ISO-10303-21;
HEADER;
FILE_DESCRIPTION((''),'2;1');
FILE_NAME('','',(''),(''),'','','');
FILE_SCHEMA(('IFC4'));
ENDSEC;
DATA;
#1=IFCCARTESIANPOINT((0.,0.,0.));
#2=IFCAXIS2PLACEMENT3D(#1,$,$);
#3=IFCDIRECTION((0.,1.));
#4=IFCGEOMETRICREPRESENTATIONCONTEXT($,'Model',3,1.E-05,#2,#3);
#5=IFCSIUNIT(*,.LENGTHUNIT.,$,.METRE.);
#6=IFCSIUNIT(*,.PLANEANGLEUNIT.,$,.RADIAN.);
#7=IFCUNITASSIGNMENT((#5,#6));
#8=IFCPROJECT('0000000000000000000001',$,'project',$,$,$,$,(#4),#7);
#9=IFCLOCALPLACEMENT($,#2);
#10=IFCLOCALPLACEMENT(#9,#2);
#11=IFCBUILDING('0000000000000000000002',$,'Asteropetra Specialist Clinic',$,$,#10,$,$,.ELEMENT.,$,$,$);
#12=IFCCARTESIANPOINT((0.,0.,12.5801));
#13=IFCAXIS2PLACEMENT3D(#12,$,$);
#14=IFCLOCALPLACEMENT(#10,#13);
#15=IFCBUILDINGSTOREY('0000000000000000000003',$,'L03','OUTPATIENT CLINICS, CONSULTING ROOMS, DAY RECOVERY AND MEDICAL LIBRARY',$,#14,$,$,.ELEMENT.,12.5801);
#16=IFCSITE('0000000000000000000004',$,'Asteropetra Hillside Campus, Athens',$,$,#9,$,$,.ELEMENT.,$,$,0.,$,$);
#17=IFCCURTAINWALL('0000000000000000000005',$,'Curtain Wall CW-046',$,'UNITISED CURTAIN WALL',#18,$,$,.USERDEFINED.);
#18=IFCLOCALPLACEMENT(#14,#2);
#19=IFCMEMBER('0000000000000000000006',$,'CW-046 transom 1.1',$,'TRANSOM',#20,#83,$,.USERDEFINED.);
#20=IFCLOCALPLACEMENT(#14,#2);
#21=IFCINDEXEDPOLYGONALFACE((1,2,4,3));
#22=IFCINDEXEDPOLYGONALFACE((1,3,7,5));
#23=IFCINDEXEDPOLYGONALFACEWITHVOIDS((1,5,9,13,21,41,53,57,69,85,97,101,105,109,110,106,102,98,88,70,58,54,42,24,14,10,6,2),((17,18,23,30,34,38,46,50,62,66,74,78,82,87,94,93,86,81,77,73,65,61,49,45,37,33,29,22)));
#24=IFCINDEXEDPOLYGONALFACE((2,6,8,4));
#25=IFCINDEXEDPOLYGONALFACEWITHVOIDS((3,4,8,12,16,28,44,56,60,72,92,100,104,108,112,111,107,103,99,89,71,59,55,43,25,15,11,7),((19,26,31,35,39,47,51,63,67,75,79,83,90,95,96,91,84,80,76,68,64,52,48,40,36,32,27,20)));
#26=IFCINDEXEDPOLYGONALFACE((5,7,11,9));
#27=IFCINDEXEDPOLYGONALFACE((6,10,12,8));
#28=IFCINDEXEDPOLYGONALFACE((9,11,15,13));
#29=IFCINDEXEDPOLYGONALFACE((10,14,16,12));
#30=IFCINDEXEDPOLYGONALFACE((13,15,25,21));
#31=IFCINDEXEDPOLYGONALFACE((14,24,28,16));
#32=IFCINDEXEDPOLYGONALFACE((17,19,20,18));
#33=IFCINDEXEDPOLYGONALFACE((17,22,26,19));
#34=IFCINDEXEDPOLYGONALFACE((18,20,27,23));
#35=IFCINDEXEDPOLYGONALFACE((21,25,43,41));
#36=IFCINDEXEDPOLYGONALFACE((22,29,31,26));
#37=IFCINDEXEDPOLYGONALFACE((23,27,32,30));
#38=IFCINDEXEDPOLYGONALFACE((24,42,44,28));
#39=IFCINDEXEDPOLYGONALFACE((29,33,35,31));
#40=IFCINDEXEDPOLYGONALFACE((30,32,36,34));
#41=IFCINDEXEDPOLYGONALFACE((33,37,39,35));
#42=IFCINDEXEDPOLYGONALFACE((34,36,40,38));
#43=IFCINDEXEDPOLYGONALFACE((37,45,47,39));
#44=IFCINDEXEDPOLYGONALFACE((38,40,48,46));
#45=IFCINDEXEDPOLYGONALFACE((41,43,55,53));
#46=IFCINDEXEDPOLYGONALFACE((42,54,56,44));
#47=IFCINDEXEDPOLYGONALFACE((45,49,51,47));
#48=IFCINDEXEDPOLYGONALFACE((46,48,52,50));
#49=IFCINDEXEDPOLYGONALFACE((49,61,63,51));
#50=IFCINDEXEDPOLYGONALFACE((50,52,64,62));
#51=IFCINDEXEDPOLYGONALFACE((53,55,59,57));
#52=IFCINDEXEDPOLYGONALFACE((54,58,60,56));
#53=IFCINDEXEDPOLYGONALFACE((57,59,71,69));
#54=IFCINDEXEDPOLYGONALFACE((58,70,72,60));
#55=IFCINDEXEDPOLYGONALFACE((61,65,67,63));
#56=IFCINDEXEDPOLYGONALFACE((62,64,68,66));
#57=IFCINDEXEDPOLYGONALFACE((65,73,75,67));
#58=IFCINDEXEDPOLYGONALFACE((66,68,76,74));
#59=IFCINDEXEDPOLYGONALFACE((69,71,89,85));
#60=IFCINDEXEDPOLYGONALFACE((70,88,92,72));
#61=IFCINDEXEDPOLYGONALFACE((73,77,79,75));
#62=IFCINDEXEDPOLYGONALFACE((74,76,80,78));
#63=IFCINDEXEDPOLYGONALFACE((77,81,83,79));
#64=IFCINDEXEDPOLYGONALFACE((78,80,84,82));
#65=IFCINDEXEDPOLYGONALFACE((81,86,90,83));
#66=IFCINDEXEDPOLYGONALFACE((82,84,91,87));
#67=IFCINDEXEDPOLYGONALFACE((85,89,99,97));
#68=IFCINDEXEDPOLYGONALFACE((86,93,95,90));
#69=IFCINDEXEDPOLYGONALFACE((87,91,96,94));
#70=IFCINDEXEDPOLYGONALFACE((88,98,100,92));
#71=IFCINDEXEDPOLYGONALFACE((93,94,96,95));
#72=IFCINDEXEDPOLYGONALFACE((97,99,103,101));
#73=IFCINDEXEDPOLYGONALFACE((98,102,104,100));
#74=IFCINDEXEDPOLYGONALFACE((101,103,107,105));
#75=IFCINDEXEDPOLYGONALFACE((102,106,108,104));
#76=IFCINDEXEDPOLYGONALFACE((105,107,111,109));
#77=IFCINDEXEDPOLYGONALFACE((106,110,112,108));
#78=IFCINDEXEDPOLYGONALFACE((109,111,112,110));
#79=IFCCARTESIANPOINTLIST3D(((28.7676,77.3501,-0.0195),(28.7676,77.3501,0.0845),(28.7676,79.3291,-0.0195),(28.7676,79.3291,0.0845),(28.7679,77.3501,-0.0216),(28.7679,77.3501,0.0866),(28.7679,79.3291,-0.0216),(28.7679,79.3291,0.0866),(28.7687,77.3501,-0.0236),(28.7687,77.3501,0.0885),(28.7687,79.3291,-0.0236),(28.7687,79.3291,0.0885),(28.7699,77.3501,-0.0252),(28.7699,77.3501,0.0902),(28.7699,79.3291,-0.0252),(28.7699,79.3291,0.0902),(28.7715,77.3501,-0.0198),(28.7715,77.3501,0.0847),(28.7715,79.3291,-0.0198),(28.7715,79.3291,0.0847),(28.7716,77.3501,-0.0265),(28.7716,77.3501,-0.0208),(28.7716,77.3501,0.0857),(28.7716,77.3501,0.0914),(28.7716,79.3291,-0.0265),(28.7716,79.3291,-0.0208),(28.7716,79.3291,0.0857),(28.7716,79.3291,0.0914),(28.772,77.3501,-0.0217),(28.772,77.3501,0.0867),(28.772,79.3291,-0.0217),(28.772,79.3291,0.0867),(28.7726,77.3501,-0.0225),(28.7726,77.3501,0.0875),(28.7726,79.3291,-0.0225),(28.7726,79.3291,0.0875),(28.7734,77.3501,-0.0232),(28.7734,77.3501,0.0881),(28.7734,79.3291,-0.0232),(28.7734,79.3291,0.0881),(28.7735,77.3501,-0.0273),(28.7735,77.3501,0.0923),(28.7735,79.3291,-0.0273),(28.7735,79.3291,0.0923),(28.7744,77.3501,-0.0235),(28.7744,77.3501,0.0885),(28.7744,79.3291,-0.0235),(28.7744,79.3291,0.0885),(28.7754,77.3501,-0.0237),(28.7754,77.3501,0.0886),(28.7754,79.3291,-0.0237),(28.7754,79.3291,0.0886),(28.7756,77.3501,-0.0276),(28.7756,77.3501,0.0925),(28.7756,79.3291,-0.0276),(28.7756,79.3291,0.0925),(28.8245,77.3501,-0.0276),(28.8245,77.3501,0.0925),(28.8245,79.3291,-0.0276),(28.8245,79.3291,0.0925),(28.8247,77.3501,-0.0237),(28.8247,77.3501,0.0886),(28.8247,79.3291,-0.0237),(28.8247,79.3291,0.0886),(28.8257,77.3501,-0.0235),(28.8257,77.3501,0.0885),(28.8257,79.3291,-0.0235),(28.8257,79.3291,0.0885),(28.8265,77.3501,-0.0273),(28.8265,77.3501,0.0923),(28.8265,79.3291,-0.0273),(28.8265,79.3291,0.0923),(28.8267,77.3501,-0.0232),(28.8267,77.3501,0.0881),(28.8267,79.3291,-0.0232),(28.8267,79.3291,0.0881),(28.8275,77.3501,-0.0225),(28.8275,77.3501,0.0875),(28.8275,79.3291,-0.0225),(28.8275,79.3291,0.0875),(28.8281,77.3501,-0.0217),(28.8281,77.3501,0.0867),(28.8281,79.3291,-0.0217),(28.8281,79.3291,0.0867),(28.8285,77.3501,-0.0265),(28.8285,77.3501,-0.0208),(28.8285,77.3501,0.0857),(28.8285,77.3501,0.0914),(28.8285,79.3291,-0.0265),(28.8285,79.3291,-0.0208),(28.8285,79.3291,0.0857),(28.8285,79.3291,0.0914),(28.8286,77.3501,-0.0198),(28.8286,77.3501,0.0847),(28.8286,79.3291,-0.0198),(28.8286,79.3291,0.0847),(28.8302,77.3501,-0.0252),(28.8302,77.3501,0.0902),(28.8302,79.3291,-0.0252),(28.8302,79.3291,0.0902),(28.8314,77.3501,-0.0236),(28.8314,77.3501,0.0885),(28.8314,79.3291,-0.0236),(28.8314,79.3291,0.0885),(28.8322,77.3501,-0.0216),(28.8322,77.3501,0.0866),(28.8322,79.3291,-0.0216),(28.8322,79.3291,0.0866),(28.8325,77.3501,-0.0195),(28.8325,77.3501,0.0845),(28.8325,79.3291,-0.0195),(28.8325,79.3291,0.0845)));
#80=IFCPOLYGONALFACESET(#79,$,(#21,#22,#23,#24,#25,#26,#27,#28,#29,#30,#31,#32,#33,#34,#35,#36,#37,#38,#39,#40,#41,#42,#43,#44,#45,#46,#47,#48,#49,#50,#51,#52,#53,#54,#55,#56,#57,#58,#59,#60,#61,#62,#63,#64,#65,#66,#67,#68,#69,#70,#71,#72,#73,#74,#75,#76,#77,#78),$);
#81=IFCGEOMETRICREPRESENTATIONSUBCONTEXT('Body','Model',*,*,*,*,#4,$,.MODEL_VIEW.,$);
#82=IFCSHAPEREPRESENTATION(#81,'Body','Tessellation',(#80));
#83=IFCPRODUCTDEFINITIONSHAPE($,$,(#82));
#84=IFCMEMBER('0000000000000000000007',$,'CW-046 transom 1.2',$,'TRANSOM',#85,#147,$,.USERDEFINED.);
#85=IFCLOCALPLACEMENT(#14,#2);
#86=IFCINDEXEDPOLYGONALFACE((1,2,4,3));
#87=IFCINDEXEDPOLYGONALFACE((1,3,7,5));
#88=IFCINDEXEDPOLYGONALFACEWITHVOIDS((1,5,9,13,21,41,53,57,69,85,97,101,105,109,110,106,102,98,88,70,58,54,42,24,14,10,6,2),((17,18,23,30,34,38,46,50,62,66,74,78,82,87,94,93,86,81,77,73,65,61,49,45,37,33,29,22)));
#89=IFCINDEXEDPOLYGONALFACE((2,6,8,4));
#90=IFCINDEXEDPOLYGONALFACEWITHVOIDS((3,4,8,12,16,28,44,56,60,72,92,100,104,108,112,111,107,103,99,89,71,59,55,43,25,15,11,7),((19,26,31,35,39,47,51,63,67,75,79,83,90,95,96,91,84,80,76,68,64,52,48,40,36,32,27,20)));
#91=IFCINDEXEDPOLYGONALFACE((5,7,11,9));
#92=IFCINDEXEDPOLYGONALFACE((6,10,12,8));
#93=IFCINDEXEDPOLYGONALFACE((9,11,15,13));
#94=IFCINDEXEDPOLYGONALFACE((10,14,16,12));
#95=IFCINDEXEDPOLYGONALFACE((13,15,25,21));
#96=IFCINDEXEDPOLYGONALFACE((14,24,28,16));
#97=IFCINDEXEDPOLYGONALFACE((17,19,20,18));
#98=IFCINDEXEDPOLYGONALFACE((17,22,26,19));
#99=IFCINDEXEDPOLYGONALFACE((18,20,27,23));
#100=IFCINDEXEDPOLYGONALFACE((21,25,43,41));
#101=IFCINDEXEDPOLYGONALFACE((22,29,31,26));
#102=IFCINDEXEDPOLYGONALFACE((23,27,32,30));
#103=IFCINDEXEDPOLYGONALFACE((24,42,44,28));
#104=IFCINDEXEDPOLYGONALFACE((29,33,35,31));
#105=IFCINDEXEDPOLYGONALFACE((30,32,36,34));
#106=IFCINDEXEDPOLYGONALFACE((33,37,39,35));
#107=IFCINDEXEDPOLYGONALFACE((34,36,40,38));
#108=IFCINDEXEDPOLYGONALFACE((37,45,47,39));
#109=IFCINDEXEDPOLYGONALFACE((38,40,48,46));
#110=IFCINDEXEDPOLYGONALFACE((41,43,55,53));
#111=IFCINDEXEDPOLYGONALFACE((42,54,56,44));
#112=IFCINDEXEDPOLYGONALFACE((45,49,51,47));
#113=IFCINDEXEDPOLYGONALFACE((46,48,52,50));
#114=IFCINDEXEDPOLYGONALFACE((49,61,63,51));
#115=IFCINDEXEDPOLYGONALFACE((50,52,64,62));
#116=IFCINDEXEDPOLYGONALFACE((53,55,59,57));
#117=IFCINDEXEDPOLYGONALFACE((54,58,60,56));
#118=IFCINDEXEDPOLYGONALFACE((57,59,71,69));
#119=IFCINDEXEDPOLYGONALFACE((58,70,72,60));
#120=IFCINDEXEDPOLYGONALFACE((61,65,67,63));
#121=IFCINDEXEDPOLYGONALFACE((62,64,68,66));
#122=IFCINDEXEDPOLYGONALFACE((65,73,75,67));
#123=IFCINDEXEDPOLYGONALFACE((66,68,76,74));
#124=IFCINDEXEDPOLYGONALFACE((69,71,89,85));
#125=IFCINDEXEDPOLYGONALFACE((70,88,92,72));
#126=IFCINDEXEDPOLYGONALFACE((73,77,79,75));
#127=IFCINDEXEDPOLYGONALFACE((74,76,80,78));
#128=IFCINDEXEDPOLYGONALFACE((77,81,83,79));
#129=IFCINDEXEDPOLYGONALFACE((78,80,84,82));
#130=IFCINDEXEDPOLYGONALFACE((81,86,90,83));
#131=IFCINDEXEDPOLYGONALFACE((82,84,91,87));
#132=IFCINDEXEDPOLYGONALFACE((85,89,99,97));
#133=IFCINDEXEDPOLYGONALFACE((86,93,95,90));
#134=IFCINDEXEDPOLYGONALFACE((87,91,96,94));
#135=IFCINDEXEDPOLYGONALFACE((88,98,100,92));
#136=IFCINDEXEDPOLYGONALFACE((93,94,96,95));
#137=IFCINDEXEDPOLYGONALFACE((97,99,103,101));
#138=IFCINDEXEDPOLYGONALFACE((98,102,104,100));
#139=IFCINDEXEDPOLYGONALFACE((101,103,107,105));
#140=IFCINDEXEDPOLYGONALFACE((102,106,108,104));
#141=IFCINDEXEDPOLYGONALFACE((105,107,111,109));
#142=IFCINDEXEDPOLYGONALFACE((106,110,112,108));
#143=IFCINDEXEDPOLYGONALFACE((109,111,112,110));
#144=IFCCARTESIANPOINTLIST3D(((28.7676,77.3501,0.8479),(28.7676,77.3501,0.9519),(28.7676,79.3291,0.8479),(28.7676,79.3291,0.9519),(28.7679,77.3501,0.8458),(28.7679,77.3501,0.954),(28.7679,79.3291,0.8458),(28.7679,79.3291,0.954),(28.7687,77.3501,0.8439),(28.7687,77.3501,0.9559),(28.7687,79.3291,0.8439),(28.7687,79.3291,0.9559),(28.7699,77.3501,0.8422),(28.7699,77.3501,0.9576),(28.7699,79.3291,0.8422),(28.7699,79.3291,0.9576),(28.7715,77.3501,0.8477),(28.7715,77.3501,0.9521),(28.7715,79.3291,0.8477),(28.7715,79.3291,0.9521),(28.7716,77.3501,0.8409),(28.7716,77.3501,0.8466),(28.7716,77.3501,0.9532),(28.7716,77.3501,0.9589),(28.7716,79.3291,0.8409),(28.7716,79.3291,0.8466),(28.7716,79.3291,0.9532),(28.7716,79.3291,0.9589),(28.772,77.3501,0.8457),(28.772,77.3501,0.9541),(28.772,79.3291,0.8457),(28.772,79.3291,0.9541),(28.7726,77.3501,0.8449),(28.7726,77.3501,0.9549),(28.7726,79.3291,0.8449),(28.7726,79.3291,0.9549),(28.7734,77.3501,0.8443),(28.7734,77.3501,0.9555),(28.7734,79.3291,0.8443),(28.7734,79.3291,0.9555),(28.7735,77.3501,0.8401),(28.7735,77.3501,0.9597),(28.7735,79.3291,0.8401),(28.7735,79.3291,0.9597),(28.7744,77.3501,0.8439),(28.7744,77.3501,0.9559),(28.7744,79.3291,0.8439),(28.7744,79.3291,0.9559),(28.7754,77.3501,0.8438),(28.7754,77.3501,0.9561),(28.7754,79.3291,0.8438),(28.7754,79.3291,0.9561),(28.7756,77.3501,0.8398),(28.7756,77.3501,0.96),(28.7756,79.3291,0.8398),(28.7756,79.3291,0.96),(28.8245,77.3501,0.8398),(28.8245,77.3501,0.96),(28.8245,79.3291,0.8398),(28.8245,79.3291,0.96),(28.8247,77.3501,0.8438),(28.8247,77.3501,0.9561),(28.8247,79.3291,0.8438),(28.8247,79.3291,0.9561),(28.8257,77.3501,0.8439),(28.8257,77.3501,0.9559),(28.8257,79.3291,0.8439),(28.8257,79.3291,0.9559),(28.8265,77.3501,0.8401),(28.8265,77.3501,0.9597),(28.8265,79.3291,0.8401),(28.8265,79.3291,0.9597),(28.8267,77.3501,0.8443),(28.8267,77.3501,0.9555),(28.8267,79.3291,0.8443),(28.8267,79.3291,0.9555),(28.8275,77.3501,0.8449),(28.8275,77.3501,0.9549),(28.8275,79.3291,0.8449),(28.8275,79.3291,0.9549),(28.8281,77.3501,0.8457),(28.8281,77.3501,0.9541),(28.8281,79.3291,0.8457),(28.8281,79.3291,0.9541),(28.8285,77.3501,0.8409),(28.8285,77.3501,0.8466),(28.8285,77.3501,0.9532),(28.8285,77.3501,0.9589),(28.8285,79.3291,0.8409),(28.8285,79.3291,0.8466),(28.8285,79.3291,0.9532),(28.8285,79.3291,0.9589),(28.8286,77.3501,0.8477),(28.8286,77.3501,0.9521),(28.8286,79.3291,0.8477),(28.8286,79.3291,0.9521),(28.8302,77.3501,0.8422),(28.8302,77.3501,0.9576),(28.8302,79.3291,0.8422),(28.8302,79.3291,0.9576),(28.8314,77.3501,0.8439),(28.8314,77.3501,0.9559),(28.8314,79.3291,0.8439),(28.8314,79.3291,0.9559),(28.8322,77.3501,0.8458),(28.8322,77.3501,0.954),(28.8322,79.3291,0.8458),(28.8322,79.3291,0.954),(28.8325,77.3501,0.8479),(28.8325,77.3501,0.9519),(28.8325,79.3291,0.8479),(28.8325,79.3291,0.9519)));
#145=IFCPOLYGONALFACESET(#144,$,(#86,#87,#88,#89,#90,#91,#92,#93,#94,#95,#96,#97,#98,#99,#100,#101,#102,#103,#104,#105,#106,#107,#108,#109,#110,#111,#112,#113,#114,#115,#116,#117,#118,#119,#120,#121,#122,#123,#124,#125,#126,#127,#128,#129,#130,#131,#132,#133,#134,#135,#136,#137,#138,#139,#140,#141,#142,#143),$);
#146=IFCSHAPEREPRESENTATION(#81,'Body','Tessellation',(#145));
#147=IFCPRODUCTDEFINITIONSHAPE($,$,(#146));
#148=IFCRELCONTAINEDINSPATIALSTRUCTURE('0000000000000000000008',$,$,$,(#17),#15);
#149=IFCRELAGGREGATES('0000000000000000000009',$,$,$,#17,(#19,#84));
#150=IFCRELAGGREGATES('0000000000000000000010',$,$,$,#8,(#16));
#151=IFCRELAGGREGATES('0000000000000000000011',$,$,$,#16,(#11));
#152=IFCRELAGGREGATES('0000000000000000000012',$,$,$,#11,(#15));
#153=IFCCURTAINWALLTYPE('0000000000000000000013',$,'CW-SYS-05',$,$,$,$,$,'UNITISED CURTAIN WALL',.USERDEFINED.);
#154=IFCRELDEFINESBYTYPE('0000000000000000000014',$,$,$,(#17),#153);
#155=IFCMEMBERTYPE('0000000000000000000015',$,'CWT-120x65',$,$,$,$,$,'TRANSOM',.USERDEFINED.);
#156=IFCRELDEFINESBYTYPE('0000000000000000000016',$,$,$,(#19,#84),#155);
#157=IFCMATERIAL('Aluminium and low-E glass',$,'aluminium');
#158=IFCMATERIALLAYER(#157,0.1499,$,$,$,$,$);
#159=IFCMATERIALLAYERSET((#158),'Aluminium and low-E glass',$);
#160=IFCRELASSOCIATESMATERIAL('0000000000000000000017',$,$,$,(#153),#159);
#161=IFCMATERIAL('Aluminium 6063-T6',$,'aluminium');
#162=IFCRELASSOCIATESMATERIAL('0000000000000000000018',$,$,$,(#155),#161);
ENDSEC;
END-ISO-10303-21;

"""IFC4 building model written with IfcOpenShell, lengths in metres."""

from ifc_helpers import new_model, si_unit, direction, frame, origin, origin_2d, place, context, subcontext, project, spatial, hollow_rectangle, extrude, material, layer, layer_set, material_profile, profile_set, type_object, element, aggregate, save


model = new_model("IFC4")

# Units and contexts
model_context = context("Model", 3, precision=1e-05, world=origin(), true_north=direction((0.0, 1.0)))
body_context = subcontext(model_context, "Body", "Model", "MODEL_VIEW")
ifc_project = project(units=[si_unit("LENGTHUNIT", "METRE"), si_unit("PLANEANGLEUNIT", "RADIAN")], contexts=[model_context])

# Site, building, storey
site_placement = place(None, origin())
site = spatial("IfcSite", under=ifc_project, at=site_placement, Name="Asteropetra Hillside Campus, Athens", CompositionType="ELEMENT", RefElevation=0.0)
building_placement = place(site_placement, origin())
building = spatial("IfcBuilding", under=site, at=building_placement, Name="Asteropetra Specialist Clinic", CompositionType="ELEMENT")
storey_placement = place(building_placement, frame((0.0, 0.0, 12.5801)))
storey = spatial("IfcBuildingStorey", under=building, at=storey_placement, Name="L03", Description="OUTPATIENT CLINICS, CONSULTING ROOMS, DAY RECOVERY AND MEDICAL LIBRARY", CompositionType="ELEMENT", Elevation=12.5801)

# Curtain wall, members
ifc_material_1 = material(Name="Aluminium and low-E glass", Category="aluminium")
ifc_layer_1 = layer(ifc_material_1, 0.1499)
ifc_layer_set_1 = layer_set([ifc_layer_1], Name="Aluminium and low-E glass")
curtain_wall_type = type_object("IfcCurtainWallType", Name="CW-SYS-05", ElementType="UNITISED CURTAIN WALL", PredefinedType="USERDEFINED", material=ifc_layer_set_1)
curtain_wall_placement = place(storey_placement, origin())
curtain_wall = element("IfcCurtainWall", 1, at=curtain_wall_placement, inside=storey, type_object=curtain_wall_type, Name="Curtain Wall CW-046", ObjectType="UNITISED CURTAIN WALL", PredefinedType="USERDEFINED")
ifc_material_2 = material(Name="Aluminium 6063-T6", Category="aluminium")
ifc_material_profile_1 = material_profile(ifc_material_2, hollow_rectangle(XDim=0.0649, YDim=0.1201, WallThickness=0.0039, InnerFilletRadius=0.0039, OuterFilletRadius=0.0081, at=origin_2d()), Name="TRN 120x65x4.0")
ifc_profile_set_1 = profile_set([ifc_material_profile_1], Name="Aluminium 6063-T6")
member_type_1 = type_object("IfcMemberType", Name="CWT-120x65", ElementType="TRANSOM", PredefinedType="USERDEFINED", material=ifc_profile_set_1)
member_1_placement = place(storey_placement, frame((28.8, 77.3501, 0.0325), z_axis=(0.0, 1.0, 0.0), x_axis=(-1.0, 0.0, 0.0)))
member_1 = element("IfcMember", 2, at=member_1_placement, type_object=member_type_1, Name="CW-046 transom 1.1", ObjectType="TRANSOM", PredefinedType="USERDEFINED", context=body_context, shape_type="SweptSolid", body=[
    extrude(hollow_rectangle(XDim=0.0649, YDim=0.1201, WallThickness=0.0039, InnerFilletRadius=0.0039, OuterFilletRadius=0.0081, at=origin_2d()), origin(), (0.0, 0.0, 1.0), 1.979),
])
member_2_placement = place(storey_placement, frame((28.8, 77.3501, 0.8999), z_axis=(0.0, 1.0, 0.0), x_axis=(-1.0, 0.0, 0.0)))
member_2 = element("IfcMember", 3, at=member_2_placement, type_object=member_type_1, Name="CW-046 transom 1.2", ObjectType="TRANSOM", PredefinedType="USERDEFINED", context=body_context, shape_type="SweptSolid", body=[
    extrude(hollow_rectangle(XDim=0.0649, YDim=0.1201, WallThickness=0.0039, InnerFilletRadius=0.0039, OuterFilletRadius=0.0081, at=origin_2d()), origin(), (0.0, 0.0, 1.0), 1.979),
])
aggregate(curtain_wall, [member_1, member_2])

save(model, "model.ifc")
